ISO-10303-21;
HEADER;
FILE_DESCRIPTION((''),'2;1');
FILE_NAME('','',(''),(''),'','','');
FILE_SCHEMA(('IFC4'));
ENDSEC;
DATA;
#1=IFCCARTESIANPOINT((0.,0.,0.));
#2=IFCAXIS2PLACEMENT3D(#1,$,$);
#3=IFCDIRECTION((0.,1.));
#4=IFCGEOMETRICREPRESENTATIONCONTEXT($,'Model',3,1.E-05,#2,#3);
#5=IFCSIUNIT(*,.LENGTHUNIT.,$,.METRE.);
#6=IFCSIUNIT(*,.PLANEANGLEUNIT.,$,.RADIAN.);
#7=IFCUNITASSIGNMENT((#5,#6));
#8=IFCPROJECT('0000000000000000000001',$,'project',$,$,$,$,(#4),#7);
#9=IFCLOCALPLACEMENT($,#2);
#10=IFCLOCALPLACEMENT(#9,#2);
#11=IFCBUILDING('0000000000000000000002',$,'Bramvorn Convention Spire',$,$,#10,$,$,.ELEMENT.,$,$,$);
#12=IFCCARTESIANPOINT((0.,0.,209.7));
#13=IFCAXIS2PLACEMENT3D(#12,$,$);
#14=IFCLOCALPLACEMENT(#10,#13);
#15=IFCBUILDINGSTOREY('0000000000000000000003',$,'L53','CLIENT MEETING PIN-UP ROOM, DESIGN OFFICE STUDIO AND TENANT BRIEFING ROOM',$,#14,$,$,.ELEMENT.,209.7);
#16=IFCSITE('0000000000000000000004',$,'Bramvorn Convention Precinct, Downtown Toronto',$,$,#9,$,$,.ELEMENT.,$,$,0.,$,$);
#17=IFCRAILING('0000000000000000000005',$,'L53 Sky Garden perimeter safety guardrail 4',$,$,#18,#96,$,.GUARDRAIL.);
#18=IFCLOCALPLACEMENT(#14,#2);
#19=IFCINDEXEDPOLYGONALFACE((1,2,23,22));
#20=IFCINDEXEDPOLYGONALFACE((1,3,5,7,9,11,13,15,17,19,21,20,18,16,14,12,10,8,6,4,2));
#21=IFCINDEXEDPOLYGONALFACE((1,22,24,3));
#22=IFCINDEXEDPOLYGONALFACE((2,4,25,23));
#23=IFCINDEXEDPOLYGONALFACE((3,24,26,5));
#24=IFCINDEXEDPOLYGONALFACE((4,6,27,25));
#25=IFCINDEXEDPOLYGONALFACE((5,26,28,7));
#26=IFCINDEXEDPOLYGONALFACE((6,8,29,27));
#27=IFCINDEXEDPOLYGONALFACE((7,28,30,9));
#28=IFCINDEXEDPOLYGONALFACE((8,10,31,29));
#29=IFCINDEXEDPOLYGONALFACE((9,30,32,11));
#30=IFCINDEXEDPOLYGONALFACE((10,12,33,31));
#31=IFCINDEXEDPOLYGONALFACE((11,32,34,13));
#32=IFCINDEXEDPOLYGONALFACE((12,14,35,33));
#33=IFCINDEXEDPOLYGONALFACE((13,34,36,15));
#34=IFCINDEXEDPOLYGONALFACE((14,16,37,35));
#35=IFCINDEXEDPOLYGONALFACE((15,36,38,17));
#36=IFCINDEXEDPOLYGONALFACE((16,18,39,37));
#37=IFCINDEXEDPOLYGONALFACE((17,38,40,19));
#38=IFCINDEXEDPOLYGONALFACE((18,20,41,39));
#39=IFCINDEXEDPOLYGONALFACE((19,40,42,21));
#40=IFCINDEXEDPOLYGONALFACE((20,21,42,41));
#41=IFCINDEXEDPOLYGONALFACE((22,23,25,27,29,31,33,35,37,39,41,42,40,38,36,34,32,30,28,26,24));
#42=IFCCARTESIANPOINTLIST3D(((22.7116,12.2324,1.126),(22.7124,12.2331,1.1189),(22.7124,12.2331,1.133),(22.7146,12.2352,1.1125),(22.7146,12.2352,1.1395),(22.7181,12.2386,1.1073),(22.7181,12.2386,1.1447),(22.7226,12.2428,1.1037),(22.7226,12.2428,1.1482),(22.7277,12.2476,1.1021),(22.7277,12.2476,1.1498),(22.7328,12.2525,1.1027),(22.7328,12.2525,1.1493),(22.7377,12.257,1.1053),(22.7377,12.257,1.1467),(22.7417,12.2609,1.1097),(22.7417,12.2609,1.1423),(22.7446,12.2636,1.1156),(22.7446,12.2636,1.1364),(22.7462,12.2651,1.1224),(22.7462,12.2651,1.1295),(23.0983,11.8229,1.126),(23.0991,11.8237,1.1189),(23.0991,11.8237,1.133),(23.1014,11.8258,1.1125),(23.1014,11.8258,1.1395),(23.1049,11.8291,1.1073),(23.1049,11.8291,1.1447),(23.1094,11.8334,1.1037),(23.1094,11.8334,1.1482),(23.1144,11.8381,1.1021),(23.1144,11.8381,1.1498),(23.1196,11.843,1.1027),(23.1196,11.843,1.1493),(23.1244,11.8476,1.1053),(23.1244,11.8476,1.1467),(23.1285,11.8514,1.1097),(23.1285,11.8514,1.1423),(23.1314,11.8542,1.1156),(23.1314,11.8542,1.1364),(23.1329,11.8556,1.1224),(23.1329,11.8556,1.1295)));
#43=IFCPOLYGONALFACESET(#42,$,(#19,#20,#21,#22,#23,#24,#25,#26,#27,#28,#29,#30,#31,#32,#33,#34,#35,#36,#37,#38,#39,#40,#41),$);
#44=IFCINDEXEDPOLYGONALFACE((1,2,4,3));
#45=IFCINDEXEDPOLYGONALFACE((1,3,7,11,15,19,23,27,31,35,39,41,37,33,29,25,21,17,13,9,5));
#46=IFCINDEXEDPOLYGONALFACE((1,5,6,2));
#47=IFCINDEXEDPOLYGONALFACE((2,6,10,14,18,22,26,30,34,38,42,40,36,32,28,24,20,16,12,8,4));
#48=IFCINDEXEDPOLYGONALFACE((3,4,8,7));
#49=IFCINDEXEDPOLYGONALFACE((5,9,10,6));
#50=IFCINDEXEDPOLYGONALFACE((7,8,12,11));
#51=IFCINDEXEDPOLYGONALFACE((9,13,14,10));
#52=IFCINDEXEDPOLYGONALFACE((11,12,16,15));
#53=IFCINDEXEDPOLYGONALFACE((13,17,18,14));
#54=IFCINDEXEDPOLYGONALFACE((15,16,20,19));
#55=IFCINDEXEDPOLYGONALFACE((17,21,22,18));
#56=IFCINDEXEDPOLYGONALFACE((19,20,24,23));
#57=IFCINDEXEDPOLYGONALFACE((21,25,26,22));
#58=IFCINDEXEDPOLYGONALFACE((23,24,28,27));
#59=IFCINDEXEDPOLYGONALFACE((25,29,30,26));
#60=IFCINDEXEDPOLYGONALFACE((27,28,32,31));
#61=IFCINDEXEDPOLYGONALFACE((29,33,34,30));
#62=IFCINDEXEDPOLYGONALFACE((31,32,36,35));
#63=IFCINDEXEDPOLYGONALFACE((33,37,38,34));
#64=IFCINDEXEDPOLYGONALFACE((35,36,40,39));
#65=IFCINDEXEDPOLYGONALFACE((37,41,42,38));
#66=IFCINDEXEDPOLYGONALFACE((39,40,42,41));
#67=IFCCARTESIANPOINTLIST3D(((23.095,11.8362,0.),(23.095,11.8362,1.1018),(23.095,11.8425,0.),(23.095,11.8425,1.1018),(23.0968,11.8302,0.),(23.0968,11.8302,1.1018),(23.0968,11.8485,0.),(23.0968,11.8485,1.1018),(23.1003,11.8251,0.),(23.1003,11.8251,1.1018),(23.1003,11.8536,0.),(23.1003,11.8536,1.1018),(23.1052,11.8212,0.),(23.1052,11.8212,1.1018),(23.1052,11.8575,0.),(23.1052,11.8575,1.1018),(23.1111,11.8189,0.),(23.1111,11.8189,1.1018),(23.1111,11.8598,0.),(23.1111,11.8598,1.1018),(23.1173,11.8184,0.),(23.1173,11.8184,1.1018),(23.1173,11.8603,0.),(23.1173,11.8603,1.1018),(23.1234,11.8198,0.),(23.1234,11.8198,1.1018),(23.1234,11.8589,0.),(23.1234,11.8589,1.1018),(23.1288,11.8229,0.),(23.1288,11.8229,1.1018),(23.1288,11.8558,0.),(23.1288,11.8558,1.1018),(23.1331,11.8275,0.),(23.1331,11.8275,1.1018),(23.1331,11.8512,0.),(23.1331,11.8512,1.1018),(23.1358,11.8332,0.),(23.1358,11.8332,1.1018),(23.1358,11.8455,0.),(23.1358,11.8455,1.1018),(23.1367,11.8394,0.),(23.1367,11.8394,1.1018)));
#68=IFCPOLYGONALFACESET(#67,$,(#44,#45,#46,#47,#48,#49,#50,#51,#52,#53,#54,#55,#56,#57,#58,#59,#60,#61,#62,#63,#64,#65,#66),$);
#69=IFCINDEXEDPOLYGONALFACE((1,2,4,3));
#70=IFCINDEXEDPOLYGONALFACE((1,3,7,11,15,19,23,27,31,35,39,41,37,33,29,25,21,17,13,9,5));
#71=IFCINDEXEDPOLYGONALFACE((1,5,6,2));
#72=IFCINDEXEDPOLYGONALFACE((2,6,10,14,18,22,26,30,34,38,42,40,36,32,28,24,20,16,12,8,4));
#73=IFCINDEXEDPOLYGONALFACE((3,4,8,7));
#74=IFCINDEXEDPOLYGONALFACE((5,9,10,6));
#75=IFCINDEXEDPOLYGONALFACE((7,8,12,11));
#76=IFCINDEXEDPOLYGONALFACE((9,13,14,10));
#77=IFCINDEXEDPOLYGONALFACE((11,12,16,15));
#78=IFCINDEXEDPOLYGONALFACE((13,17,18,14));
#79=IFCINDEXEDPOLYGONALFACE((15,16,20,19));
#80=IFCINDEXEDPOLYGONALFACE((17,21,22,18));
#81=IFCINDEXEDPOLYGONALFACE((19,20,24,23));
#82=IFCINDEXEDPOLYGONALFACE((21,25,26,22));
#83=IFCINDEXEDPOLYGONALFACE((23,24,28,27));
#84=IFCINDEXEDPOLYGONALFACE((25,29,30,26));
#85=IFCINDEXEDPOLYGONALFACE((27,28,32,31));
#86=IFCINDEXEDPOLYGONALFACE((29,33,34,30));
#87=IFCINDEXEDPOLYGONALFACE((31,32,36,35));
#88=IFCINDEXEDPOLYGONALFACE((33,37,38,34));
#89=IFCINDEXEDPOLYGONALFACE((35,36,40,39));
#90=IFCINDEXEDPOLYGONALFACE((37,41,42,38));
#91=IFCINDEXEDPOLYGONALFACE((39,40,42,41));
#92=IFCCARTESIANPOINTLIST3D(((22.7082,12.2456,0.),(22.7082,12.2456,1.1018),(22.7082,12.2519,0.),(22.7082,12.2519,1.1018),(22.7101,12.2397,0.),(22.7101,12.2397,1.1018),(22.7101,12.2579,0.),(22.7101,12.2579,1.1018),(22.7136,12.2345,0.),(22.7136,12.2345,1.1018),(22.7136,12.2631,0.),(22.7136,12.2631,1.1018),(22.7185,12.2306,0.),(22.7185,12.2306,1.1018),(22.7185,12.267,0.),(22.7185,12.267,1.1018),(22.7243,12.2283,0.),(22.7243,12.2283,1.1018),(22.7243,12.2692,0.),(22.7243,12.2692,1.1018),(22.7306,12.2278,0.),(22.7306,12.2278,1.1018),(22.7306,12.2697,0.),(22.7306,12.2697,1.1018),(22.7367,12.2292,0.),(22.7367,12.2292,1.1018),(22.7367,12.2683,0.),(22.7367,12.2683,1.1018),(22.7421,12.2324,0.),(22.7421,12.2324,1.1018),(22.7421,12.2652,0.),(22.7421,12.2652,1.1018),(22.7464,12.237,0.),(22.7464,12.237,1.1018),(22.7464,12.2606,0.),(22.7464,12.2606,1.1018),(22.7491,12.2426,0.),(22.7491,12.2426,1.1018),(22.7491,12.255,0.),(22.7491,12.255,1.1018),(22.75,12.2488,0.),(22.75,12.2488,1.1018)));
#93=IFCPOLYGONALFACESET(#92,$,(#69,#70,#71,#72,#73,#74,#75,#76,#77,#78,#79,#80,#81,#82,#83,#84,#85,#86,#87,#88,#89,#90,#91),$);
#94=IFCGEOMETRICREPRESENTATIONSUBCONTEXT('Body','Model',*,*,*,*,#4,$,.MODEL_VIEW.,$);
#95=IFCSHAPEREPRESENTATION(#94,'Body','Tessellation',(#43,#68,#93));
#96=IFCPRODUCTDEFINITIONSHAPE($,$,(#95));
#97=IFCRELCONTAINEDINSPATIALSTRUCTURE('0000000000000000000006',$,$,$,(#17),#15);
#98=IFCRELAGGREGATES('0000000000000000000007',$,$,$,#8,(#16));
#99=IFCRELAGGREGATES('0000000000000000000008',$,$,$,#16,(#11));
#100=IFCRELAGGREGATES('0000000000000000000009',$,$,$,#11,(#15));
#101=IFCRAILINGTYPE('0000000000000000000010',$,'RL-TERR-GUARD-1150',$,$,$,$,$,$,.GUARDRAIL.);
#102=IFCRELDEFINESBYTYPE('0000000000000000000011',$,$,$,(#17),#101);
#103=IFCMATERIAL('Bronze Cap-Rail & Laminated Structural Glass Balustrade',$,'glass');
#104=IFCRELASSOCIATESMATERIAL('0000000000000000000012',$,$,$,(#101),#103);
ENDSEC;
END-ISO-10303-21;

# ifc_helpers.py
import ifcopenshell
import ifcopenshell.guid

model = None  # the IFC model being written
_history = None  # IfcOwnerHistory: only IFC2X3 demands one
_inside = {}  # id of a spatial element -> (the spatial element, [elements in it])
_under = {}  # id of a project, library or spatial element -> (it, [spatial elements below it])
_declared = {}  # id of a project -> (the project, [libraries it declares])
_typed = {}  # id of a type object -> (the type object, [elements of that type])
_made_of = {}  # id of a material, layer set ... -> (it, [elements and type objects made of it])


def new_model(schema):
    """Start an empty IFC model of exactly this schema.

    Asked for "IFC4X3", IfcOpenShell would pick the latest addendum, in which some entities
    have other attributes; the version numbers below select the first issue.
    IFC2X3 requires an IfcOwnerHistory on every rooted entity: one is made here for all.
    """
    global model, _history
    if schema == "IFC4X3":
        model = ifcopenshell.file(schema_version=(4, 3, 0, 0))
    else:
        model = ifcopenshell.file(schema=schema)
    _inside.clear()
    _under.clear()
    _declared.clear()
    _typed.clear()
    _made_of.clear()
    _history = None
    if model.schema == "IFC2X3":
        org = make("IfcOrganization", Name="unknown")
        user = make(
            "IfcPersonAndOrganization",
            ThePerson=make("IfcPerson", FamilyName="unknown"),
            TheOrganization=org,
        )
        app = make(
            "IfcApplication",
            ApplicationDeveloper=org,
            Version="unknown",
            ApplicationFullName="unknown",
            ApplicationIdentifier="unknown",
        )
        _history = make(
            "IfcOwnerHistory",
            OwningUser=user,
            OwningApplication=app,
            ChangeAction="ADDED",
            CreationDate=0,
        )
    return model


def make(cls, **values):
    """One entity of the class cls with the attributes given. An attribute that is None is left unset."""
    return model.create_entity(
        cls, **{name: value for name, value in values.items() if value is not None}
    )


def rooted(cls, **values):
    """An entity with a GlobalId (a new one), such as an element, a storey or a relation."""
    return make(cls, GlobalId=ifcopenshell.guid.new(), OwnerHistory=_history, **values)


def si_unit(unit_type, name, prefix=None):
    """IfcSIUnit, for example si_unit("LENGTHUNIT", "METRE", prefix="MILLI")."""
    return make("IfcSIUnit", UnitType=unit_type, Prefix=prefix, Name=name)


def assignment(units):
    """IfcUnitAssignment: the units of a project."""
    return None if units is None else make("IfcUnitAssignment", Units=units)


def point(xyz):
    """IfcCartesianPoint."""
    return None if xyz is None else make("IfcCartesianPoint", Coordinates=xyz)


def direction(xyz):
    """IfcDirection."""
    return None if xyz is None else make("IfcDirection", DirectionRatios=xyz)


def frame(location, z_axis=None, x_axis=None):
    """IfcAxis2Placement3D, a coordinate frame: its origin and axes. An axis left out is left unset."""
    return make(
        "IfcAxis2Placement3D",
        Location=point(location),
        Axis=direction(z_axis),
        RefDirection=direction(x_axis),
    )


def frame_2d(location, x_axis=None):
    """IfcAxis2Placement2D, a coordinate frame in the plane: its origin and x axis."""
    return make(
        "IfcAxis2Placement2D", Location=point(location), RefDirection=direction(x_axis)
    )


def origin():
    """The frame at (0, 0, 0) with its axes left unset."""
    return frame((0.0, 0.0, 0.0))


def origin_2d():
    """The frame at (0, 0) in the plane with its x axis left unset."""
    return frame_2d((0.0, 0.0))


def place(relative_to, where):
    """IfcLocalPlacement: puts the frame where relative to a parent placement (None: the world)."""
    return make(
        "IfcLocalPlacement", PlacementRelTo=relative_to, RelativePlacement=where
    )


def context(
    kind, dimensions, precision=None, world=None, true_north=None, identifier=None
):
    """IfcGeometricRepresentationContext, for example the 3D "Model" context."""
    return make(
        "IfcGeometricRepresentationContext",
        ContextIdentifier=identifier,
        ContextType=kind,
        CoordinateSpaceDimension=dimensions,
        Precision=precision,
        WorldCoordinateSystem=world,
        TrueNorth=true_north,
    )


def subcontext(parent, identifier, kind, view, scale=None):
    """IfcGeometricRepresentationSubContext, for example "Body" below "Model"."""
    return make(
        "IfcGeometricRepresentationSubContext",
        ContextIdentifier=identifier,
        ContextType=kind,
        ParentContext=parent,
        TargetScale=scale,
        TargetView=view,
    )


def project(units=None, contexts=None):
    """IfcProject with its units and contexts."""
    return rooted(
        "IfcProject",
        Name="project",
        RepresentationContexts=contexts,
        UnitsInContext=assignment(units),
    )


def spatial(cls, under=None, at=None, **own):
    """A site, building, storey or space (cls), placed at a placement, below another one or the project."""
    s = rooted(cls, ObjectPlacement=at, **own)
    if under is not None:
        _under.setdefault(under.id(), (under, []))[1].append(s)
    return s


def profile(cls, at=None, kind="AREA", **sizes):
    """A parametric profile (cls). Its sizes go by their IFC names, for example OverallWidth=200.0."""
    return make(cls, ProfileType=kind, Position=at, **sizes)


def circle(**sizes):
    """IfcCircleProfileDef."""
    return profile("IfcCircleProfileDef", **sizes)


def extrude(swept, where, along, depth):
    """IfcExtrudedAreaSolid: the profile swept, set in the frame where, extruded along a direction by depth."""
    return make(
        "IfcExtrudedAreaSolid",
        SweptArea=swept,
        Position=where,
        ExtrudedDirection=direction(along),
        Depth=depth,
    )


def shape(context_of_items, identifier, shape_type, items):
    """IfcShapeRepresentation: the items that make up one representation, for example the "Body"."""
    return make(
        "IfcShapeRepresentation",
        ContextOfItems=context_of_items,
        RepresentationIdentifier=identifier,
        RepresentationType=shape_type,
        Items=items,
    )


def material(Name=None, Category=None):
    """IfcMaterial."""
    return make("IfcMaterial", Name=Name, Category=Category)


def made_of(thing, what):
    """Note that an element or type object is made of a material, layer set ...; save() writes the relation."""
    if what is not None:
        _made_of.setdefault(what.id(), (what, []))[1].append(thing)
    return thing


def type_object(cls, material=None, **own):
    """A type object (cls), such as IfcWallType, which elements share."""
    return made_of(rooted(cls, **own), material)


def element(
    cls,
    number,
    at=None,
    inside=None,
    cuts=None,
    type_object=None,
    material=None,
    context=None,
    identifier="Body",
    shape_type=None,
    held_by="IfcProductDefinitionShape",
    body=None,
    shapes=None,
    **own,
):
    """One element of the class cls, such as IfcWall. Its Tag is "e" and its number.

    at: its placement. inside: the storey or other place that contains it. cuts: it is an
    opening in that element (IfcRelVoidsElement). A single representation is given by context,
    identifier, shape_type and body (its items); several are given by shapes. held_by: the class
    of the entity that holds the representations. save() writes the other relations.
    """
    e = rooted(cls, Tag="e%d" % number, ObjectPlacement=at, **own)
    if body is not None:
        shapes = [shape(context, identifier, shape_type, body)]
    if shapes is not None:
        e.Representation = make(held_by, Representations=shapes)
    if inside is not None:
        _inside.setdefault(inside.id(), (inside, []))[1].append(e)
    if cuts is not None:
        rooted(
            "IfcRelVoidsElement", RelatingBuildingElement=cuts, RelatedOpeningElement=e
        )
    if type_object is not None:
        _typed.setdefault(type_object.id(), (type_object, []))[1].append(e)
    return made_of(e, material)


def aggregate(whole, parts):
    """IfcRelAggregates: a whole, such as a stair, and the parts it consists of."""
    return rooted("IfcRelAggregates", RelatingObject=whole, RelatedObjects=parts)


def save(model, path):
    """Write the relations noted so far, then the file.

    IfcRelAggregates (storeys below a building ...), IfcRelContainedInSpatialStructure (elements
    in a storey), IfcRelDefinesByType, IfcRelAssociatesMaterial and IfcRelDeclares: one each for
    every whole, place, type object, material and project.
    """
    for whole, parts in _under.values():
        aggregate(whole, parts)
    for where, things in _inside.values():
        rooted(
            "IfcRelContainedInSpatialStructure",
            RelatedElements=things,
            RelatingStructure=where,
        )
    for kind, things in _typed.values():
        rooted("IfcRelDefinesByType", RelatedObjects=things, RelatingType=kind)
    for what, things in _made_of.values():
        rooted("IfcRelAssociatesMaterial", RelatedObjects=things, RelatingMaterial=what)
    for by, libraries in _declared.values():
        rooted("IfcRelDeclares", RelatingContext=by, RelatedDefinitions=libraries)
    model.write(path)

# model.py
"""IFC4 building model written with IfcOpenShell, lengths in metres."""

from ifc_helpers import new_model, si_unit, direction, frame, origin, origin_2d, place, context, subcontext, project, spatial, circle, extrude, material, type_object, element, save


model = new_model("IFC4")

# Units and contexts
model_context = context("Model", 3, precision=1e-05, world=origin(), true_north=direction((0.0, 1.0)))
body_context = subcontext(model_context, "Body", "Model", "MODEL_VIEW")
ifc_project = project(units=[si_unit("LENGTHUNIT", "METRE"), si_unit("PLANEANGLEUNIT", "RADIAN")], contexts=[model_context])

# Site, building, storey
site_placement = place(None, origin())
site = spatial("IfcSite", under=ifc_project, at=site_placement, Name="Bramvorn Convention Precinct, Downtown Toronto", CompositionType="ELEMENT", RefElevation=0.0)
building_placement = place(site_placement, origin())
building = spatial("IfcBuilding", under=site, at=building_placement, Name="Bramvorn Convention Spire", CompositionType="ELEMENT")
storey_placement = place(building_placement, frame((0.0, 0.0, 209.7)))
storey = spatial("IfcBuildingStorey", under=building, at=storey_placement, Name="L53", Description="CLIENT MEETING PIN-UP ROOM, DESIGN OFFICE STUDIO AND TENANT BRIEFING ROOM", CompositionType="ELEMENT", Elevation=209.7)

# Railing
ifc_material_1 = material(Name="Bronze Cap-Rail & Laminated Structural Glass Balustrade", Category="glass")
railing_type = type_object("IfcRailingType", Name="RL-TERR-GUARD-1150", PredefinedType="GUARDRAIL", material=ifc_material_1)
railing_1_placement = place(storey_placement, frame((23.1157, 11.8394, 0.0)))
element("IfcRailing", 1, at=railing_1_placement, inside=storey, type_object=railing_type, Name="L53 Sky Garden perimeter safety guardrail 4", PredefinedType="GUARDRAIL", context=body_context, shape_type="SweptSolid", body=[
    extrude(circle(Radius=0.0239, at=origin_2d()), frame((0.0, 0.0, 1.126), z_axis=(-0.686662, 0.726977, 0.0), x_axis=(-0.726977, -0.686662, 0.0)), (0.0, 0.0, 1.0), 0.5632),
    extrude(circle(Radius=0.021, at=origin_2d()), origin(), (0.0, 0.0, 1.0), 1.1018),
    extrude(circle(Radius=0.021, at=origin_2d()), frame((-0.3867, 0.4094, 0.0)), (0.0, 0.0, 1.0), 1.1018),
])

save(model, "model.ifc")
